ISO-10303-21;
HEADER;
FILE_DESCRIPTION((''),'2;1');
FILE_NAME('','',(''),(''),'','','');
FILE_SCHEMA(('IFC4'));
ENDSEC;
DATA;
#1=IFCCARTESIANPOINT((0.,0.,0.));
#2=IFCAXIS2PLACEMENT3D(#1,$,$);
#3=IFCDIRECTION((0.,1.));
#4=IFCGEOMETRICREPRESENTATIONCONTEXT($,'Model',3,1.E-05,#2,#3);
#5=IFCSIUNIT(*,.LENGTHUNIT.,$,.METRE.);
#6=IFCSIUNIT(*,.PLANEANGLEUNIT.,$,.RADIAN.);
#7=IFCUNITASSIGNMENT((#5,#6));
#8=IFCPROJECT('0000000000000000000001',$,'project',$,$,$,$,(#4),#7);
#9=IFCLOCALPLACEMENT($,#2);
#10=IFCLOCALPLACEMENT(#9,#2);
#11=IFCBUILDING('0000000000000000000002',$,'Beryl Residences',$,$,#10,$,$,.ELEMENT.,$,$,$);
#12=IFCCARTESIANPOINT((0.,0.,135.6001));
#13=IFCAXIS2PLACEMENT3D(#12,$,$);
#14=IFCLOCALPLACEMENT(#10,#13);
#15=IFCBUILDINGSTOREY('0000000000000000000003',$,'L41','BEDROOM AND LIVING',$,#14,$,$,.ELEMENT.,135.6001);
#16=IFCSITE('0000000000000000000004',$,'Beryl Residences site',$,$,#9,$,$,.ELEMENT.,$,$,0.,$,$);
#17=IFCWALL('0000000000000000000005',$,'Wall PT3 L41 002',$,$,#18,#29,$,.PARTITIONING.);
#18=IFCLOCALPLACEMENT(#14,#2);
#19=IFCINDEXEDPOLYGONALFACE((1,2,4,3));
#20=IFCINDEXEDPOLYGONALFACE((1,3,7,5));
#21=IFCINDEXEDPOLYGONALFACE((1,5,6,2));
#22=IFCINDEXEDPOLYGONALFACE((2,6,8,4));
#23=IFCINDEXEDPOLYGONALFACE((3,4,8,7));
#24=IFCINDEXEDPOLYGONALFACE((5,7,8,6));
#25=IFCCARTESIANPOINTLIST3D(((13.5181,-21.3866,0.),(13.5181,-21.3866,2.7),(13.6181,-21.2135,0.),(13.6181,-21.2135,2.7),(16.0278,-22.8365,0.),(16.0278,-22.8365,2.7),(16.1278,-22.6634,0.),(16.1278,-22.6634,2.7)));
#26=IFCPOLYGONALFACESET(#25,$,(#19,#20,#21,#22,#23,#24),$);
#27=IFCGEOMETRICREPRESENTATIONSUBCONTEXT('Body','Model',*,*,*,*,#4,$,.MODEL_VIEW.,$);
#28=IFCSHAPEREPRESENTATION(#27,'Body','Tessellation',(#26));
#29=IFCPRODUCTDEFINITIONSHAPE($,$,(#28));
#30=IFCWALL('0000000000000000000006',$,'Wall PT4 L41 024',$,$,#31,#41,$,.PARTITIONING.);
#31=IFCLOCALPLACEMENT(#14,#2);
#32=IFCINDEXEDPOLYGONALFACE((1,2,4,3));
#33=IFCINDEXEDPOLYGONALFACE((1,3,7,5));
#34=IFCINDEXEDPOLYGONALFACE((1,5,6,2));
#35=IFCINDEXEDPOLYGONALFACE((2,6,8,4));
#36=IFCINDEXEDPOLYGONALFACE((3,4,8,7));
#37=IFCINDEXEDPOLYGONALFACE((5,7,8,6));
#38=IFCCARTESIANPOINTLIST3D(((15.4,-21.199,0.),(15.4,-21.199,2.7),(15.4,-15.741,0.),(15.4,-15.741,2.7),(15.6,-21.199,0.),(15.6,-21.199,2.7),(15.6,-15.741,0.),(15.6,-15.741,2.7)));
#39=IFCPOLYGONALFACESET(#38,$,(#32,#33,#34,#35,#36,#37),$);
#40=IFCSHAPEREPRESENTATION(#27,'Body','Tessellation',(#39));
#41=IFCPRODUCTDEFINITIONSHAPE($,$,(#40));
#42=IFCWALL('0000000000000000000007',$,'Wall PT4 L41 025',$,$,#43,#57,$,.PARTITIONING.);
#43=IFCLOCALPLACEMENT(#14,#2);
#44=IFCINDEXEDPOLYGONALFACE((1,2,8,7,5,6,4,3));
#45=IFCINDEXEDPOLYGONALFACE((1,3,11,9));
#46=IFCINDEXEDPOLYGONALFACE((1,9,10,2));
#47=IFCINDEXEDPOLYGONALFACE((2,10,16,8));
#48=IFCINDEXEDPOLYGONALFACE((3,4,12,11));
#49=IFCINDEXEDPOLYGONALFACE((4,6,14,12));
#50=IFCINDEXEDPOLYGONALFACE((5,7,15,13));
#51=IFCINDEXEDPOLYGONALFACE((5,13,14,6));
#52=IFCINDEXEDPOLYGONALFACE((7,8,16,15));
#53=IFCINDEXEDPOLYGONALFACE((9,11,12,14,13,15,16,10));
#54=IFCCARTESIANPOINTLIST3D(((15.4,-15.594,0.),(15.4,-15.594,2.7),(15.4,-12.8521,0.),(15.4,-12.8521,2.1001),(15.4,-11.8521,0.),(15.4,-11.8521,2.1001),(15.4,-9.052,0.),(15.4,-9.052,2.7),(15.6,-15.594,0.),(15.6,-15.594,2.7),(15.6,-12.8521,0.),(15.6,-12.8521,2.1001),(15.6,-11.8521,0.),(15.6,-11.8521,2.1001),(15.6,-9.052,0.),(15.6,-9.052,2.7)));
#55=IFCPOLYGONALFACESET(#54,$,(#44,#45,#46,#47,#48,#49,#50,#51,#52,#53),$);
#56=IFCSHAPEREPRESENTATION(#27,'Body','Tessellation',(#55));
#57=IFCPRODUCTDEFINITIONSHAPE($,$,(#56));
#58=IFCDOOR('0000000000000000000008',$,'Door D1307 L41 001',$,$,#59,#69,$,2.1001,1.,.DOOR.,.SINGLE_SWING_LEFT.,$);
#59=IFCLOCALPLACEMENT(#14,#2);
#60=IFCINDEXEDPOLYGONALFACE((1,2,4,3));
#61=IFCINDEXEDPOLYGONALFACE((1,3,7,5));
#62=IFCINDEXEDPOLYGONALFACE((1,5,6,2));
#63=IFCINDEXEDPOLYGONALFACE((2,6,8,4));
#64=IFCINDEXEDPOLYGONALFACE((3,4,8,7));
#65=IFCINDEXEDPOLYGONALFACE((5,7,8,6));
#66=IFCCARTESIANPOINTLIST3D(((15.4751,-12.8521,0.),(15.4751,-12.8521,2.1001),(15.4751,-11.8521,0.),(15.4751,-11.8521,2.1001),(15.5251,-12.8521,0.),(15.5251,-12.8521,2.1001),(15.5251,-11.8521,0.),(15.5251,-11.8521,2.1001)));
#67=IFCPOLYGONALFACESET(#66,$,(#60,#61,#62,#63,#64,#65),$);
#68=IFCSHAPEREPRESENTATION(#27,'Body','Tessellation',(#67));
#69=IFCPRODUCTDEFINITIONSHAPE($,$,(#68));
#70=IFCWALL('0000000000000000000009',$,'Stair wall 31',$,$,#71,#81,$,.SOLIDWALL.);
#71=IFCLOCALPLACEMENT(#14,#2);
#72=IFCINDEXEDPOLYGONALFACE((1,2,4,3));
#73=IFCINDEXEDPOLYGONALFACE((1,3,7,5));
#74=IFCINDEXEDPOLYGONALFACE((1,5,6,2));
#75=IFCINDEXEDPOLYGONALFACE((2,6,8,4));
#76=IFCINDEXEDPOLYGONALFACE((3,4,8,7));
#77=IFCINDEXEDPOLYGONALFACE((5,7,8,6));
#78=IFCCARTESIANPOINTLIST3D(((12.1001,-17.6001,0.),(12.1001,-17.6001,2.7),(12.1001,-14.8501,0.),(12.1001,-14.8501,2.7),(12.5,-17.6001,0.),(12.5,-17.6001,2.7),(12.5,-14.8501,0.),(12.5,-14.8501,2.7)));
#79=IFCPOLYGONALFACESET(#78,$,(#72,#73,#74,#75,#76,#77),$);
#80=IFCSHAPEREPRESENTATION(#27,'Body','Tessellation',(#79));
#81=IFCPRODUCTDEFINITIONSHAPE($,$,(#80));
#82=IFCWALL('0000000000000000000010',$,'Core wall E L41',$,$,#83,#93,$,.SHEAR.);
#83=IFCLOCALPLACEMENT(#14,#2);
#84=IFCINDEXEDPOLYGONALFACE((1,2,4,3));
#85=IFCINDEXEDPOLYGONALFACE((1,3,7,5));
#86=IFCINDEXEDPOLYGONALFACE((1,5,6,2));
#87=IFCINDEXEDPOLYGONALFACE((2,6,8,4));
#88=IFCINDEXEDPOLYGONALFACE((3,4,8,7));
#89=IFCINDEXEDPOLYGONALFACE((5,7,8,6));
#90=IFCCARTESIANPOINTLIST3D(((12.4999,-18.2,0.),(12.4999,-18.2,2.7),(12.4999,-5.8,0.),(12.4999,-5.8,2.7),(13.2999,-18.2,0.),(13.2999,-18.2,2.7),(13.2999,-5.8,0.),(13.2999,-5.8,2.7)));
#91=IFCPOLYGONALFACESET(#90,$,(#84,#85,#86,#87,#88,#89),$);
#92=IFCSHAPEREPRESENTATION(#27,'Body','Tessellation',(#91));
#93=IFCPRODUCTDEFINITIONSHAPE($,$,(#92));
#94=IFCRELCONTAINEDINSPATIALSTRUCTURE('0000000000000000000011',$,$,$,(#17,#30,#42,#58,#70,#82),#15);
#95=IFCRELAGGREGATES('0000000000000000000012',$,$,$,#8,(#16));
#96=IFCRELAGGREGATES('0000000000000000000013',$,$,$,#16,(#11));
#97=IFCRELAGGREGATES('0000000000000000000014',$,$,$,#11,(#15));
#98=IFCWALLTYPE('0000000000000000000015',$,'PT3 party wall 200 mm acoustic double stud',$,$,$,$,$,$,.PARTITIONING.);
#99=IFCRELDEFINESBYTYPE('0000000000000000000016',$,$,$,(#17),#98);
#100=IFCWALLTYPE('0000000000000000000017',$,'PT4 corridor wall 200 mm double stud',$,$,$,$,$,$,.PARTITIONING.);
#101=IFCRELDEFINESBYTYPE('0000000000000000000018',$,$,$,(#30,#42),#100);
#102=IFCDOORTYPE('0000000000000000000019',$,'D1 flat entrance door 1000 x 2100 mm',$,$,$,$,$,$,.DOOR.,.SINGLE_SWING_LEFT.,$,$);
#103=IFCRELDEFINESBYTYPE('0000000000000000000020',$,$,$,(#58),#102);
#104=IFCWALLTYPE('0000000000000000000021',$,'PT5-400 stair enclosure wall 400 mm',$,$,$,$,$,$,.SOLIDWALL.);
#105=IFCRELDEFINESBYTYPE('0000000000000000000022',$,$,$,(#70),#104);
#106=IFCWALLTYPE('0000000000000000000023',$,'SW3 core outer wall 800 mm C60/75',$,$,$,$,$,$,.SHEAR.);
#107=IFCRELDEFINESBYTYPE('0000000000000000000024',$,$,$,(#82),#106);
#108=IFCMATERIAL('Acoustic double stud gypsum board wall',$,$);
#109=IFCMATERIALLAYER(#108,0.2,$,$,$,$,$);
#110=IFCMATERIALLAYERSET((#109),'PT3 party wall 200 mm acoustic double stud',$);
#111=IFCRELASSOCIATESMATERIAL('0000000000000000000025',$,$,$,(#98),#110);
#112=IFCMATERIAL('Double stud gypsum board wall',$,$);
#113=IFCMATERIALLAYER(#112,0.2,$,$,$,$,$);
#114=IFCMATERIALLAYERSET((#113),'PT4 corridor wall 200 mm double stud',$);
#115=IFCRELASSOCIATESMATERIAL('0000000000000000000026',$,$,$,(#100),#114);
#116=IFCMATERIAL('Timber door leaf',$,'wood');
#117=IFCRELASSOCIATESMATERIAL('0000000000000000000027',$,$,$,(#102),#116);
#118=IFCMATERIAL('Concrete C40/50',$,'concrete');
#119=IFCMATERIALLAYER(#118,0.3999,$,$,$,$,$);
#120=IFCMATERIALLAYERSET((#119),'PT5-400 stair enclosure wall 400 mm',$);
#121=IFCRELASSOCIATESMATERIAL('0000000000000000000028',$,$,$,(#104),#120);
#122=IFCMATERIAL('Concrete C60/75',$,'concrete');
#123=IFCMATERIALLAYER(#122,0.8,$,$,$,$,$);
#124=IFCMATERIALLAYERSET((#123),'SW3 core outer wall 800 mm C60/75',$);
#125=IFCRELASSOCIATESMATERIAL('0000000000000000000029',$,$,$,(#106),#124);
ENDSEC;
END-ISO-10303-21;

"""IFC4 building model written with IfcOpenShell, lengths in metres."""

from ifc_helpers import new_model, si_unit, direction, frame, frame_2d, origin, place, context, subcontext, project, spatial, rectangle, extrude, material, layer, layer_set, type_object, element, fill, save


model = new_model("IFC4")

# Units and contexts
model_context = context("Model", 3, precision=1e-05, world=origin(), true_north=direction((0.0, 1.0)))
body_context = subcontext(model_context, "Body", "Model", "MODEL_VIEW")
ifc_project = project(units=[si_unit("LENGTHUNIT", "METRE"), si_unit("PLANEANGLEUNIT", "RADIAN")], contexts=[model_context])

# Site, building, storey
site_placement = place(None, origin())
site = spatial("IfcSite", under=ifc_project, at=site_placement, Name="Beryl Residences site", CompositionType="ELEMENT", RefElevation=0.0)
building_placement = place(site_placement, origin())
building = spatial("IfcBuilding", under=site, at=building_placement, Name="Beryl Residences", CompositionType="ELEMENT")
storey_placement = place(building_placement, frame((0.0, 0.0, 135.6001)))
storey = spatial("IfcBuildingStorey", under=building, at=storey_placement, Name="L41", Description="BEDROOM AND LIVING", CompositionType="ELEMENT", Elevation=135.6001)

# Walls
ifc_material_1 = material(Name="Acoustic double stud gypsum board wall")
ifc_layer_1 = layer(ifc_material_1, 0.2)
ifc_layer_set_1 = layer_set([ifc_layer_1], Name="PT3 party wall 200 mm acoustic double stud")
wall_type_1 = type_object("IfcWallType", Name="PT3 party wall 200 mm acoustic double stud", PredefinedType="PARTITIONING", material=ifc_layer_set_1)
wall_1_placement = place(storey_placement, frame((13.5681, -21.3, 0.0), z_axis=(0.0, 0.0, 1.0), x_axis=(0.865885, -0.500243, 0.0)))
element("IfcWall", 1, at=wall_1_placement, inside=storey, type_object=wall_type_1, Name="Wall PT3 L41 002", PredefinedType="PARTITIONING", context=body_context, shape_type="SweptSolid", body=[
    extrude(rectangle(XDim=2.8984, YDim=0.2, at=frame_2d((1.4492, 0.0))), origin(), (0.0, 0.0, 1.0), 2.7),
])
ifc_material_2 = material(Name="Double stud gypsum board wall")
ifc_layer_2 = layer(ifc_material_2, 0.2)
ifc_layer_set_2 = layer_set([ifc_layer_2], Name="PT4 corridor wall 200 mm double stud")
wall_type_2 = type_object("IfcWallType", Name="PT4 corridor wall 200 mm double stud", PredefinedType="PARTITIONING", material=ifc_layer_set_2)
wall_2_placement = place(storey_placement, frame((15.5, -21.199, 0.0), z_axis=(0.0, 0.0, 1.0), x_axis=(0.0, 1.0, 0.0)))
element("IfcWall", 2, at=wall_2_placement, inside=storey, type_object=wall_type_2, Name="Wall PT4 L41 024", PredefinedType="PARTITIONING", context=body_context, shape_type="SweptSolid", body=[
    extrude(rectangle(XDim=5.458, YDim=0.2, at=frame_2d((2.729, 0.0))), origin(), (0.0, 0.0, 1.0), 2.7),
])

# Wall, opening, door
wall_3_placement = place(storey_placement, frame((15.5, -15.594, 0.0), z_axis=(0.0, 0.0, 1.0), x_axis=(0.0, 1.0, 0.0)))
wall_3 = element("IfcWall", 3, at=wall_3_placement, inside=storey, type_object=wall_type_2, Name="Wall PT4 L41 025", PredefinedType="PARTITIONING", context=body_context, shape_type="SweptSolid", body=[
    extrude(rectangle(XDim=6.542, YDim=0.2, at=frame_2d((3.271, 0.0))), origin(), (0.0, 0.0, 1.0), 2.7),
])
opening_1_placement = place(wall_3_placement, frame((2.7419, 0.0, 0.0)))
opening_1 = element("IfcOpeningElement", 4, at=opening_1_placement, cuts=wall_3, PredefinedType="OPENING", context=body_context, shape_type="SweptSolid", body=[
    extrude(rectangle(XDim=1.0, YDim=2.1001, at=frame_2d((0.5, 1.05))), frame((0.0, 0.1099, 0.0), z_axis=(0.0, -1.0, 0.0), x_axis=(1.0, 0.0, 0.0)), (0.0, 0.0, 1.0), 0.22),
])
ifc_material_3 = material(Name="Timber door leaf", Category="wood")
door_type_1 = type_object("IfcDoorType", Name="D1 flat entrance door 1000 x 2100 mm", OperationType="SINGLE_SWING_LEFT", PredefinedType="DOOR", material=ifc_material_3)
door_1_placement = place(opening_1_placement, origin())
door_1 = element("IfcDoor", 5, at=door_1_placement, inside=storey, type_object=door_type_1, Name="Door D1307 L41 001", OperationType="SINGLE_SWING_LEFT", OverallHeight=2.1001, OverallWidth=1.0, PredefinedType="DOOR", context=body_context, shape_type="SweptSolid", body=[
    extrude(rectangle(XDim=1.0, YDim=2.1001, at=frame_2d((0.5, 1.05))), frame((0.0, 0.0249, 0.0), z_axis=(0.0, -1.0, 0.0), x_axis=(1.0, 0.0, 0.0)), (0.0, 0.0, 1.0), 0.05),
])
fill(opening_1, door_1)

# Walls
ifc_material_4 = material(Name="Concrete C40/50", Category="concrete")
ifc_layer_3 = layer(ifc_material_4, 0.3999)
ifc_layer_set_3 = layer_set([ifc_layer_3], Name="PT5-400 stair enclosure wall 400 mm")
wall_type_3 = type_object("IfcWallType", Name="PT5-400 stair enclosure wall 400 mm", PredefinedType="SOLIDWALL", material=ifc_layer_set_3)
wall_4_placement = place(storey_placement, frame((12.3, -17.6001, 0.0), z_axis=(0.0, 0.0, 1.0), x_axis=(0.0, 1.0, 0.0)))
element("IfcWall", 6, at=wall_4_placement, inside=storey, type_object=wall_type_3, Name="Stair wall 31", PredefinedType="SOLIDWALL", context=body_context, shape_type="SweptSolid", body=[
    extrude(rectangle(XDim=2.75, YDim=0.3999, at=frame_2d((1.375, 0.0))), origin(), (0.0, 0.0, 1.0), 2.7),
])
ifc_material_5 = material(Name="Concrete C60/75", Category="concrete")
ifc_layer_4 = layer(ifc_material_5, 0.8)
ifc_layer_set_4 = layer_set([ifc_layer_4], Name="SW3 core outer wall 800 mm C60/75")
wall_type_4 = type_object("IfcWallType", Name="SW3 core outer wall 800 mm C60/75", PredefinedType="SHEAR", material=ifc_layer_set_4)
wall_5_placement = place(storey_placement, frame((12.8999, -18.2, 0.0), z_axis=(0.0, 0.0, 1.0), x_axis=(0.0, 1.0, 0.0)))
element("IfcWall", 7, at=wall_5_placement, inside=storey, type_object=wall_type_4, Name="Core wall E L41", PredefinedType="SHEAR", context=body_context, shape_type="SweptSolid", body=[
    extrude(rectangle(XDim=12.3999, YDim=0.8, at=frame_2d((6.2, 0.0))), origin(), (0.0, 0.0, 1.0), 2.7),
])

save(model, "model.ifc")
